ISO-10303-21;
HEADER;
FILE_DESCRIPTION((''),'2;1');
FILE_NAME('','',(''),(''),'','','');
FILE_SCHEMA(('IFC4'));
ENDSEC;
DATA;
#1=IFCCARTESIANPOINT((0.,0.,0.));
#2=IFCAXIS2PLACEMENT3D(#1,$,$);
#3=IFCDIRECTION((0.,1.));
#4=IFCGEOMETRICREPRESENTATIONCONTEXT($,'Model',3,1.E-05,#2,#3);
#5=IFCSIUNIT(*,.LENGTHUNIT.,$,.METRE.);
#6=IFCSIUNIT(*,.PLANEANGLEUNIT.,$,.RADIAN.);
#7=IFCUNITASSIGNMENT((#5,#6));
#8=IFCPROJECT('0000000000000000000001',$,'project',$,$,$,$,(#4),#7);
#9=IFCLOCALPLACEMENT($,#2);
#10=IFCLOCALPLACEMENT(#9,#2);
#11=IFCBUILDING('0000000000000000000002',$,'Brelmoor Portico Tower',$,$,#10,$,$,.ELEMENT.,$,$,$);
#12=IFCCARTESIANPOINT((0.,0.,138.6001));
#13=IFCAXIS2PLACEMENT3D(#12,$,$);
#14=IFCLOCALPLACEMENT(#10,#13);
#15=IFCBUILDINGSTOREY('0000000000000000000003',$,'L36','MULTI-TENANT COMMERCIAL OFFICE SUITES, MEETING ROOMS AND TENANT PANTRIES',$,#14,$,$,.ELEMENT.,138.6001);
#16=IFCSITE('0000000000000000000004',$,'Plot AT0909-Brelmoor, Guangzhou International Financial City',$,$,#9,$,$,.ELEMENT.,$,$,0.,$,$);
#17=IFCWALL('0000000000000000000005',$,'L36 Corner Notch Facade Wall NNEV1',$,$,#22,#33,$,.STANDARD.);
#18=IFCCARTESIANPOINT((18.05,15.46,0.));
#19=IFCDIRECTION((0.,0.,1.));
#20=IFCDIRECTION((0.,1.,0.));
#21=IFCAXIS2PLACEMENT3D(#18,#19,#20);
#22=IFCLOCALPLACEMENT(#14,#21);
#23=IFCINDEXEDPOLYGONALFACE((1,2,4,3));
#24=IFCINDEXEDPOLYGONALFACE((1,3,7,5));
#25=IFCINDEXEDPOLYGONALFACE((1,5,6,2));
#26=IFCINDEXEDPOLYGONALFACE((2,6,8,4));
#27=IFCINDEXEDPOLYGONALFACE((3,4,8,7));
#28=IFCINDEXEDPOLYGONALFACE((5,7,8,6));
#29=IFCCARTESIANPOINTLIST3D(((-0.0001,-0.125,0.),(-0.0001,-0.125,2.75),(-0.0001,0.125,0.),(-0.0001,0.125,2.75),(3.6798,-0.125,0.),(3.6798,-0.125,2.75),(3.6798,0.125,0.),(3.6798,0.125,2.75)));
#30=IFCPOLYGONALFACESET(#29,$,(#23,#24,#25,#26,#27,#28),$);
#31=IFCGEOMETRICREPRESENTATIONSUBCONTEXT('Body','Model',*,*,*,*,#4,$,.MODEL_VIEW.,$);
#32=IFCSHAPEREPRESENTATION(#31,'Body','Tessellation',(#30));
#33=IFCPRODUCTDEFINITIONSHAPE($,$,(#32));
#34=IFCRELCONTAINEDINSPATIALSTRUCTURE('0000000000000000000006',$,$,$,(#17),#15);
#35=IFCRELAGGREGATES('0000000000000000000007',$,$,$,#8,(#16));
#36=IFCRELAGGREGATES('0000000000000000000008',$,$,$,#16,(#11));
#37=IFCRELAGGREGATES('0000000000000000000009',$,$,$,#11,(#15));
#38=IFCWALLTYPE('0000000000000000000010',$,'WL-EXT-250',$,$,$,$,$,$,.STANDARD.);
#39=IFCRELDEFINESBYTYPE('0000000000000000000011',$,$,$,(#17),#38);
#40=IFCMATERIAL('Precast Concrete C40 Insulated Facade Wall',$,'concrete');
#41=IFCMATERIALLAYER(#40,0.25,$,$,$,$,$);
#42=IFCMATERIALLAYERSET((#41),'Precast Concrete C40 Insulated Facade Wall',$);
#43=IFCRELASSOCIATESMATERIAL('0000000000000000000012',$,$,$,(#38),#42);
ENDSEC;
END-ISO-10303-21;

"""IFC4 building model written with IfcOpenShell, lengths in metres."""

from ifc_helpers import new_model, si_unit, direction, frame, frame_2d, origin, place, context, subcontext, project, spatial, rectangle, extrude, material, layer, layer_set, type_object, element, save


model = new_model("IFC4")

# Units and contexts
model_context = context("Model", 3, precision=1e-05, world=origin(), true_north=direction((0.0, 1.0)))
body_context = subcontext(model_context, "Body", "Model", "MODEL_VIEW")
ifc_project = project(units=[si_unit("LENGTHUNIT", "METRE"), si_unit("PLANEANGLEUNIT", "RADIAN")], contexts=[model_context])

# Site, building, storey
site_placement = place(None, origin())
site = spatial("IfcSite", under=ifc_project, at=site_placement, Name="Plot AT0909-Brelmoor, Guangzhou International Financial City", CompositionType="ELEMENT", RefElevation=0.0)
building_placement = place(site_placement, origin())
building = spatial("IfcBuilding", under=site, at=building_placement, Name="Brelmoor Portico Tower", CompositionType="ELEMENT")
storey_placement = place(building_placement, frame((0.0, 0.0, 138.6001)))
storey = spatial("IfcBuildingStorey", under=building, at=storey_placement, Name="L36", Description="MULTI-TENANT COMMERCIAL OFFICE SUITES, MEETING ROOMS AND TENANT PANTRIES", CompositionType="ELEMENT", Elevation=138.6001)

# Wall
ifc_material_1 = material(Name="Precast Concrete C40 Insulated Facade Wall", Category="concrete")
ifc_layer_1 = layer(ifc_material_1, 0.25)
ifc_layer_set_1 = layer_set([ifc_layer_1], Name="Precast Concrete C40 Insulated Facade Wall")
wall_type_1 = type_object("IfcWallType", Name="WL-EXT-250", PredefinedType="STANDARD", material=ifc_layer_set_1)
for number, where, z_axis, x_axis, name in (
    (1, (18.05, 15.46, 0.0), (0.0, 0.0, 1.0), (0.0, 1.0, 0.0), "L36 Corner Notch Facade Wall NNEV1"),
):
    element("IfcWall", number, at=place(storey_placement, frame(where, z_axis=z_axis, x_axis=x_axis)), inside=storey, type_object=wall_type_1, Name=name, PredefinedType="STANDARD", context=body_context, shape_type="SweptSolid", body=[
        extrude(rectangle(XDim=3.6799, YDim=0.25, at=frame_2d((1.8398, 0.0))), origin(), (0.0, 0.0, 1.0), 2.75),
    ])

save(model, "model.ifc")
